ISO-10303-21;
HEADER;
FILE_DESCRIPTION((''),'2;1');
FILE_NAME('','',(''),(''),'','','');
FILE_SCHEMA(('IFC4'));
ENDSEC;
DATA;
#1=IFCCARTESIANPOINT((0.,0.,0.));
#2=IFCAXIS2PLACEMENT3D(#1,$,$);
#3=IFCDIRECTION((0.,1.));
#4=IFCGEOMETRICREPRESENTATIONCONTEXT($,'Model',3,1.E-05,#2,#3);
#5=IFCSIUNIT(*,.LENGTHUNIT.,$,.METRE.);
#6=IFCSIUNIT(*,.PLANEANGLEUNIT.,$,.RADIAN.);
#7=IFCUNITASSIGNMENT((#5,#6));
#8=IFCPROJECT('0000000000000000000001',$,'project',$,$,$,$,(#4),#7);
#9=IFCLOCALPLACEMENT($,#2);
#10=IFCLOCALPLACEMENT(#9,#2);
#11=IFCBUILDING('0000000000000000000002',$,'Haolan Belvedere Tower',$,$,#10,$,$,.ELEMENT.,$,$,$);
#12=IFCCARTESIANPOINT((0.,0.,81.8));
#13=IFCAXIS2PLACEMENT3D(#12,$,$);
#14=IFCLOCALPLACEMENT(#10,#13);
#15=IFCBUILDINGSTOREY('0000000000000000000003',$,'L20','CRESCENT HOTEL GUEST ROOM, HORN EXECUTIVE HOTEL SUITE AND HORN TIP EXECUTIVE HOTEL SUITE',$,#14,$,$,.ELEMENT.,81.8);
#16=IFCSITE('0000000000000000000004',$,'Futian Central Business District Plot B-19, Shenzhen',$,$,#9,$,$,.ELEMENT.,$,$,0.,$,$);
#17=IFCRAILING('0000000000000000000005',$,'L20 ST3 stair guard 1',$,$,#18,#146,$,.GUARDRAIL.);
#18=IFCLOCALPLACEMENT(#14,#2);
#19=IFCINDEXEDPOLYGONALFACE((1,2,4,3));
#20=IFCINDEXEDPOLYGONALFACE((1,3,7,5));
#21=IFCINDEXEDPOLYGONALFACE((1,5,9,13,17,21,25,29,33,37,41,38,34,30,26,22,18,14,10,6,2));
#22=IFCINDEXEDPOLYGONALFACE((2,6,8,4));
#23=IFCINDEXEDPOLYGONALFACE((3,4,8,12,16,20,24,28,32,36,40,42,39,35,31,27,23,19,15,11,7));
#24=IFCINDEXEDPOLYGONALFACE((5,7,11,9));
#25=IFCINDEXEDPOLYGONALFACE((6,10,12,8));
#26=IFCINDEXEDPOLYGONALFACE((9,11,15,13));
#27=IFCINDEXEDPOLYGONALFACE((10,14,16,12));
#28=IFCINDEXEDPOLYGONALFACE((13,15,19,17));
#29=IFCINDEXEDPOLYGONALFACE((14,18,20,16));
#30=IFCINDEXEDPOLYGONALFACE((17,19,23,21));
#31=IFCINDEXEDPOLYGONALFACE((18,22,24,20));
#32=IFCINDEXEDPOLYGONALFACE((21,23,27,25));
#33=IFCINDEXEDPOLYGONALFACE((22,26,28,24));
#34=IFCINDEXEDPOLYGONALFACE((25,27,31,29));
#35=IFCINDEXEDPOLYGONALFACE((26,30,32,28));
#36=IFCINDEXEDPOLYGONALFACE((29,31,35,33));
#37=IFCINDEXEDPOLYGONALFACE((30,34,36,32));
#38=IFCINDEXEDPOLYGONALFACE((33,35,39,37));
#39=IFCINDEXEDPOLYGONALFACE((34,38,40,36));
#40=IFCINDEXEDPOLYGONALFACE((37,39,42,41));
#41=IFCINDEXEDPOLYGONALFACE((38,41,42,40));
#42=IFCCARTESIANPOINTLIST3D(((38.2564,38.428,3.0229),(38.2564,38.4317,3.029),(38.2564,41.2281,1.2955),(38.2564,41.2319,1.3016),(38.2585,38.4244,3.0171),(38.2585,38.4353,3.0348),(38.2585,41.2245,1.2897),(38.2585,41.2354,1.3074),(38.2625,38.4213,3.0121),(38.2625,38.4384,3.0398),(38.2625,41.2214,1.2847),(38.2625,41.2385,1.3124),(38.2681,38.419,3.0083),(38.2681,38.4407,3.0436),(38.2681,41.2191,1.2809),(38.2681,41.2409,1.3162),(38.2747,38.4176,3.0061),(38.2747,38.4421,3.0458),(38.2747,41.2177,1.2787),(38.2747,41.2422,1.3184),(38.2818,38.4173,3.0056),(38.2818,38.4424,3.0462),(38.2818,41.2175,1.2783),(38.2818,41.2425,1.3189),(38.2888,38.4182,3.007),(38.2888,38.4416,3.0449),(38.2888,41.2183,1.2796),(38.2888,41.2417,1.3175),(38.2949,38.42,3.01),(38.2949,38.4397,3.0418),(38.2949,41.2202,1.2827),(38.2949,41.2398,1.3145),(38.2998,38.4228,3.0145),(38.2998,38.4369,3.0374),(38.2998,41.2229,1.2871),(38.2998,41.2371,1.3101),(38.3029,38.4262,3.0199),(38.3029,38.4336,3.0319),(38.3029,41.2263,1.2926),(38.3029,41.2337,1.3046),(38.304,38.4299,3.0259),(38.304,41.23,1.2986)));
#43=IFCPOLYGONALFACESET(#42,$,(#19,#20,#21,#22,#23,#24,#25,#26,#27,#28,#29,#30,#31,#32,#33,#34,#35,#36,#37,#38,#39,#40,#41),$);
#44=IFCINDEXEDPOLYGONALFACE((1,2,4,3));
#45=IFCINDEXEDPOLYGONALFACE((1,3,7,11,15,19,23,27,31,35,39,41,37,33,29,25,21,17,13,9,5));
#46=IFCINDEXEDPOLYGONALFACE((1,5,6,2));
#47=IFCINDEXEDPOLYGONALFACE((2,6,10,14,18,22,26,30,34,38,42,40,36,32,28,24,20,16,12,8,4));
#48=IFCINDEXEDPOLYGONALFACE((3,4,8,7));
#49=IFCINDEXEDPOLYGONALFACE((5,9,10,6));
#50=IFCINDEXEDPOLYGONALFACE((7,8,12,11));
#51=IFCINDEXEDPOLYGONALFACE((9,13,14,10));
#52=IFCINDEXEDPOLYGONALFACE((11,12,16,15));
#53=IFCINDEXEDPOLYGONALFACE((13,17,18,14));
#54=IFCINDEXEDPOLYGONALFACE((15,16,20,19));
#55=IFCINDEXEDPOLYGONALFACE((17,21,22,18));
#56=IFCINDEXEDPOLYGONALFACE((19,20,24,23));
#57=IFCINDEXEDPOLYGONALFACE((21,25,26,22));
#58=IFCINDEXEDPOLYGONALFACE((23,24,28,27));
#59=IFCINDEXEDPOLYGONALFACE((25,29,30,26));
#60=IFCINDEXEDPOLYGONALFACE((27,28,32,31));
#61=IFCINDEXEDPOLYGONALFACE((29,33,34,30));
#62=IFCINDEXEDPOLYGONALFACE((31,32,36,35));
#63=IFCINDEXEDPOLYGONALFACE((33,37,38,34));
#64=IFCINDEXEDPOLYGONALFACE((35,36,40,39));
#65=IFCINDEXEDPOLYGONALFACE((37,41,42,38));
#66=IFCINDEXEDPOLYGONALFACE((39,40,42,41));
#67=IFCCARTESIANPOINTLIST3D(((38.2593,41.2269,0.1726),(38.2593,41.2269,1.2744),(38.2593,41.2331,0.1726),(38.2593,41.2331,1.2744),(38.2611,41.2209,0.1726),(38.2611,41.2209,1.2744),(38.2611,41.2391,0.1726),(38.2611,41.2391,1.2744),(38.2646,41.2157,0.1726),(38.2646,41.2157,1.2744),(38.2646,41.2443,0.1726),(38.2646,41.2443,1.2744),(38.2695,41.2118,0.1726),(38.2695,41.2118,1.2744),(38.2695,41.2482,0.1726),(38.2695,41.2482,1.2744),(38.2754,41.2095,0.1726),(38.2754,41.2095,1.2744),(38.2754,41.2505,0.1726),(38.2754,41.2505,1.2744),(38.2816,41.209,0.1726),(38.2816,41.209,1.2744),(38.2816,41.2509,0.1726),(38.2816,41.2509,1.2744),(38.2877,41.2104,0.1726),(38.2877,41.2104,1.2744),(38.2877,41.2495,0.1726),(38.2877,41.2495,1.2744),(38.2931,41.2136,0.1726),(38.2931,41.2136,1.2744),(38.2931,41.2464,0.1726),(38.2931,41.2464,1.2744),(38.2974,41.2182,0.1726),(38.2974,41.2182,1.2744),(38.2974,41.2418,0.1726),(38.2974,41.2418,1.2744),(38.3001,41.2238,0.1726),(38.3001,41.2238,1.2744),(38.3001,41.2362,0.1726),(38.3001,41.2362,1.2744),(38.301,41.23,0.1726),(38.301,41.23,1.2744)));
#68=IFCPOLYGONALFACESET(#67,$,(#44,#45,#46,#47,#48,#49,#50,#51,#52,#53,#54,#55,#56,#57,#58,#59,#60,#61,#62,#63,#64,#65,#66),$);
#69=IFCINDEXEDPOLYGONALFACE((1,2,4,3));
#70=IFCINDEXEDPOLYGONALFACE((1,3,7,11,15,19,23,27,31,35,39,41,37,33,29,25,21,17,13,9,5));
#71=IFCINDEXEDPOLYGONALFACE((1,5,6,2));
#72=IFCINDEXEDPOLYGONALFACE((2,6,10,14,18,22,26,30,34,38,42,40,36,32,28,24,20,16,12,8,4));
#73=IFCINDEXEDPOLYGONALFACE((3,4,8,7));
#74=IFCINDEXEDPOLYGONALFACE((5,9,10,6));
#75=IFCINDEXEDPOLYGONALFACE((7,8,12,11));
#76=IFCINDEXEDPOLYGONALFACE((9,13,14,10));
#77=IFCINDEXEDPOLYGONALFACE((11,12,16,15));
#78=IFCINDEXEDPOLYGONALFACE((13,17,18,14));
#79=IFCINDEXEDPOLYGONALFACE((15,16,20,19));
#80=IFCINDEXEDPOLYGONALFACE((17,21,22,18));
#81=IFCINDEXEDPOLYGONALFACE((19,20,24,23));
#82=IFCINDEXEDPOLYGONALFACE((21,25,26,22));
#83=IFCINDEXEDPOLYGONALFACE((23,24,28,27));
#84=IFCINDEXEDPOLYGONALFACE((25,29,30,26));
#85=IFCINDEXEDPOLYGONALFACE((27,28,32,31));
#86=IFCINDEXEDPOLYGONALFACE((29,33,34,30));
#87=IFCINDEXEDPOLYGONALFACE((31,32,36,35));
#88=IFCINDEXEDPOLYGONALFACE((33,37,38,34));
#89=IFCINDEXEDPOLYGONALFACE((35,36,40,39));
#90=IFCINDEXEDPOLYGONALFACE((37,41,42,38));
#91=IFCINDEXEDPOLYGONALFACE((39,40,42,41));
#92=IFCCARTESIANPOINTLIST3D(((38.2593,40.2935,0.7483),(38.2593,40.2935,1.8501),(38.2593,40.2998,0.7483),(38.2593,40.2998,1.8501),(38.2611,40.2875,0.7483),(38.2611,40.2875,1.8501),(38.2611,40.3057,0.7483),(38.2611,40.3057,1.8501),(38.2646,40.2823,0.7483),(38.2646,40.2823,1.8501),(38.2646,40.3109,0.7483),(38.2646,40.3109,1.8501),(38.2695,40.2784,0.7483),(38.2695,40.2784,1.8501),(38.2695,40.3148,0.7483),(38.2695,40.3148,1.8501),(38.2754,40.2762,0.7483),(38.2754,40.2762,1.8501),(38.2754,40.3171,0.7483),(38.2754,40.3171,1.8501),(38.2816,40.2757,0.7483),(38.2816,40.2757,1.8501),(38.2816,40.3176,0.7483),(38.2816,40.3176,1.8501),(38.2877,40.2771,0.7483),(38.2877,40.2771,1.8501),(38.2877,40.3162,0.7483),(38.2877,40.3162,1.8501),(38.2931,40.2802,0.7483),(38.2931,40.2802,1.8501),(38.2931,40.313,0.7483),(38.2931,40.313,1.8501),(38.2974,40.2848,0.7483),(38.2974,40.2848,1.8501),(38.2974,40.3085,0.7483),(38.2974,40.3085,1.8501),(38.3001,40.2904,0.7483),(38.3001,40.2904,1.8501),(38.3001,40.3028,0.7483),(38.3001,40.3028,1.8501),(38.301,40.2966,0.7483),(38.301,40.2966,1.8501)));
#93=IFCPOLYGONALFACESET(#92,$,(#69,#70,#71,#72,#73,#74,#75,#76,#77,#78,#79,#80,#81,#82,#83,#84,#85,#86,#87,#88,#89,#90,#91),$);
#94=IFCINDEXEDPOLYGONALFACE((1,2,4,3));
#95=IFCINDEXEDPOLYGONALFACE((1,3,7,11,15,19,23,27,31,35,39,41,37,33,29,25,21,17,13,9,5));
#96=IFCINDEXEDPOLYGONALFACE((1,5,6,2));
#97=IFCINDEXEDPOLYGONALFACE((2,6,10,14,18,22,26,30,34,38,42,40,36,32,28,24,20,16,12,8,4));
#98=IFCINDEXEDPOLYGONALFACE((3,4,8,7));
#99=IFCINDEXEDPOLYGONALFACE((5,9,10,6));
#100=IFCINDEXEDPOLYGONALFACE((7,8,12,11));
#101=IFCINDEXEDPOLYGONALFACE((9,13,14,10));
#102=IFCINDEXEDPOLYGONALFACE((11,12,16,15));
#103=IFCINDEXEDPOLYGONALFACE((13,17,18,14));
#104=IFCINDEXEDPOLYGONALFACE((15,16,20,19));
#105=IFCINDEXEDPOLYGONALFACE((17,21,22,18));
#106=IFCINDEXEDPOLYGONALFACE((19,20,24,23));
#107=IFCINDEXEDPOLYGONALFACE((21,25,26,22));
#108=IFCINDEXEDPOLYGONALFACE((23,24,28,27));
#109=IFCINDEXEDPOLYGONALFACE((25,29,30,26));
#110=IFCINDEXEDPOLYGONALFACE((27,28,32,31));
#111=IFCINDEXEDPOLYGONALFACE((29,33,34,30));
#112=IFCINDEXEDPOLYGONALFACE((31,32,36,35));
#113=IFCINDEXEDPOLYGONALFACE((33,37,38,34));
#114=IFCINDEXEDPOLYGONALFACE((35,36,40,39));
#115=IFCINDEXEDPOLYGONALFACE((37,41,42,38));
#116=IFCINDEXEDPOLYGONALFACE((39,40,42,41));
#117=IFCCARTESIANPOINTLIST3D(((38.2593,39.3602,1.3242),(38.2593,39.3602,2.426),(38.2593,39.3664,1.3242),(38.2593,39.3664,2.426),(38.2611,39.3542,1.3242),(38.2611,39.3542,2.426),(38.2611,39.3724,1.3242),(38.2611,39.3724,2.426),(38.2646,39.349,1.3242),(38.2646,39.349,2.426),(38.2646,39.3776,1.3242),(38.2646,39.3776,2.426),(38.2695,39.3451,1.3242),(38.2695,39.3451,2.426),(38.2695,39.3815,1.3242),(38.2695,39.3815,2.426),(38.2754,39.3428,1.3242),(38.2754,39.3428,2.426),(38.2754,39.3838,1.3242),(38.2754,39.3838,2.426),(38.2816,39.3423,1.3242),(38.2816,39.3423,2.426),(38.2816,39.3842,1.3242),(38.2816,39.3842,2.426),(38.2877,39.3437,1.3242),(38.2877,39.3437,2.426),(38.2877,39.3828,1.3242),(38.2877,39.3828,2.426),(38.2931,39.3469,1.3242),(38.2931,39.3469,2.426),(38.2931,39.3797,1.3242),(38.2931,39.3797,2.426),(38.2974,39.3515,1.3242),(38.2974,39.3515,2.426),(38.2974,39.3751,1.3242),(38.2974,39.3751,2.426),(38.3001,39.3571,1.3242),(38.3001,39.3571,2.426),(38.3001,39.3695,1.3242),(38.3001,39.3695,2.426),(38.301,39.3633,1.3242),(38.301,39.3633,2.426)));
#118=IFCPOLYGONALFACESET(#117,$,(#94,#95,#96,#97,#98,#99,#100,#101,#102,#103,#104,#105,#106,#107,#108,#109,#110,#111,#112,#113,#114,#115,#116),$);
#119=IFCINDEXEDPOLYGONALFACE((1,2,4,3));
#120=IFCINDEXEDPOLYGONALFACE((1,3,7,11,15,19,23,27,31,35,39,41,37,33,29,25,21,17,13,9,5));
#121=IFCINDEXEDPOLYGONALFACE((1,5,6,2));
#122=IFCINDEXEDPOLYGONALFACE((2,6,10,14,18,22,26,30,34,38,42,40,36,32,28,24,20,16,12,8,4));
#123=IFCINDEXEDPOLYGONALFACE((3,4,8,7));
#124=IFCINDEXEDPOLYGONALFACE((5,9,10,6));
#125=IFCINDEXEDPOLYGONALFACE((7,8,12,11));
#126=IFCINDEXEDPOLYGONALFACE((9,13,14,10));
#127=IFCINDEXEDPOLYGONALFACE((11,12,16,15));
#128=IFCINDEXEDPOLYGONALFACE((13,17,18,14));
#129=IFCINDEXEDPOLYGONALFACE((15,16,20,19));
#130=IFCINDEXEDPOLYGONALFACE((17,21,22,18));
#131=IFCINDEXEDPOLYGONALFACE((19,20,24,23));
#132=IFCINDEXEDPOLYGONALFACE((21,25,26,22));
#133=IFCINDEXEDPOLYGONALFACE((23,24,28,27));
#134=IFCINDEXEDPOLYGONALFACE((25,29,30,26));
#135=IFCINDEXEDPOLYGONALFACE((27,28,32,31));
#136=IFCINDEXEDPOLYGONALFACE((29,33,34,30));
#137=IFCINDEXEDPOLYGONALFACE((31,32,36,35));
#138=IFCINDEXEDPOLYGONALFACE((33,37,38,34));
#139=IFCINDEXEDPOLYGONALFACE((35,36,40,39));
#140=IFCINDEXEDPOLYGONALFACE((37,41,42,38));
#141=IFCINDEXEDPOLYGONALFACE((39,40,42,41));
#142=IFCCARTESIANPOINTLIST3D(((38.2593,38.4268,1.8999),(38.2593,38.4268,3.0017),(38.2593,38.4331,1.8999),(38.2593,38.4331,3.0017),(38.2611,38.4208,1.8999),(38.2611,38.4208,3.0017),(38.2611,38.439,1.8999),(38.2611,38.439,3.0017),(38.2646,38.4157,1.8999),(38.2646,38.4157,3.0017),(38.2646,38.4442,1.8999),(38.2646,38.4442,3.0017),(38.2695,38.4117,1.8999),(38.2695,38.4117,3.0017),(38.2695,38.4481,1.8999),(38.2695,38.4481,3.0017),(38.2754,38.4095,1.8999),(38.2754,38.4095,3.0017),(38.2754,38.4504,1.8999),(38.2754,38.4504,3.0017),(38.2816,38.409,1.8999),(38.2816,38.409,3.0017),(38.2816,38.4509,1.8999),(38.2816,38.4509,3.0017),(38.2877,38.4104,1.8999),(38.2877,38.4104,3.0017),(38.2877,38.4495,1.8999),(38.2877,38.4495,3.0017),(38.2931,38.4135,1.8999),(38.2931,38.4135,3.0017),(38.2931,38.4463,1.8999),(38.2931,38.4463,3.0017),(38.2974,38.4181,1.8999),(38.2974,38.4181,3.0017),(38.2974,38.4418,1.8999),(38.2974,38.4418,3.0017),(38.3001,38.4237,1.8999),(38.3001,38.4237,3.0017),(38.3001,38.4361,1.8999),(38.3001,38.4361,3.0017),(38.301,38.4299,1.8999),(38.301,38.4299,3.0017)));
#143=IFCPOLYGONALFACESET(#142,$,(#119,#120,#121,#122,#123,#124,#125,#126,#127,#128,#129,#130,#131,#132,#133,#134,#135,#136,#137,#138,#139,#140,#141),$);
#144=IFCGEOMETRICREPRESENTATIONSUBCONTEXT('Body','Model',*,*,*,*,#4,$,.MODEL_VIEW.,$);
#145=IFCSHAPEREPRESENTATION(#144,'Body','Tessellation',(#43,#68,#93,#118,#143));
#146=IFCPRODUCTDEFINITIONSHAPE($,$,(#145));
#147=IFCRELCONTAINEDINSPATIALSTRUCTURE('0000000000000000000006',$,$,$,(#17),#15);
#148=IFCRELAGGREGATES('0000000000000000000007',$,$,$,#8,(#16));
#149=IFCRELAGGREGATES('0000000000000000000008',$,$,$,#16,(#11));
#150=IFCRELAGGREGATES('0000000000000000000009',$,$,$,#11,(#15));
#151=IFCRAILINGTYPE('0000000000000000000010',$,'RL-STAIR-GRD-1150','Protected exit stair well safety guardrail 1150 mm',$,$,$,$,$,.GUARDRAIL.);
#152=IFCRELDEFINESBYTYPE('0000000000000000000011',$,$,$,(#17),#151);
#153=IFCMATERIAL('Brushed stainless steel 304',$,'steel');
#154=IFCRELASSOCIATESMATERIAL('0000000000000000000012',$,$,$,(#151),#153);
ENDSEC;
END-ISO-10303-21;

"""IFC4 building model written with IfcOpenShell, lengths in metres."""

from ifc_helpers import new_model, si_unit, direction, frame, origin, origin_2d, place, context, subcontext, project, spatial, circle, extrude, material, type_object, element, save


model = new_model("IFC4")

# Units and contexts
model_context = context("Model", 3, precision=1e-05, world=origin(), true_north=direction((0.0, 1.0)))
body_context = subcontext(model_context, "Body", "Model", "MODEL_VIEW")
ifc_project = project(units=[si_unit("LENGTHUNIT", "METRE"), si_unit("PLANEANGLEUNIT", "RADIAN")], contexts=[model_context])

# Site, building, storey
site_placement = place(None, origin())
site = spatial("IfcSite", under=ifc_project, at=site_placement, Name="Futian Central Business District Plot B-19, Shenzhen", CompositionType="ELEMENT", RefElevation=0.0)
building_placement = place(site_placement, origin())
building = spatial("IfcBuilding", under=site, at=building_placement, Name="Haolan Belvedere Tower", CompositionType="ELEMENT")
storey_placement = place(building_placement, frame((0.0, 0.0, 81.8)))
storey = spatial("IfcBuildingStorey", under=building, at=storey_placement, Name="L20", Description="CRESCENT HOTEL GUEST ROOM, HORN EXECUTIVE HOTEL SUITE AND HORN TIP EXECUTIVE HOTEL SUITE", CompositionType="ELEMENT", Elevation=81.8)

# Railing
ifc_material_1 = material(Name="Brushed stainless steel 304", Category="steel")
railing_type_1 = type_object("IfcRailingType", Name="RL-STAIR-GRD-1150", Description="Protected exit stair well safety guardrail 1150 mm", PredefinedType="GUARDRAIL", material=ifc_material_1)
railing_1_placement = place(storey_placement, frame((38.28, 41.23, 0.1726)))
element("IfcRailing", 1, at=railing_1_placement, inside=storey, type_object=railing_type_1, Name="L20 ST3 stair guard 1", PredefinedType="GUARDRAIL", context=body_context, shape_type="SweptSolid", body=[
    extrude(circle(Radius=0.0239, at=origin_2d()), frame((0.0, 0.0, 1.126), z_axis=(0.0, -0.85109, 0.52502), x_axis=(1.0, 0.0, 0.0)), (0.0, 0.0, 1.0), 3.29),
    extrude(circle(Radius=0.021, at=origin_2d()), origin(), (0.0, 0.0, 1.0), 1.1018),
    extrude(circle(Radius=0.021, at=origin_2d()), frame((0.0, -0.9333, 0.5757)), (0.0, 0.0, 1.0), 1.1018),
    extrude(circle(Radius=0.021, at=origin_2d()), frame((0.0, -1.8667, 1.1516)), (0.0, 0.0, 1.0), 1.1018),
    extrude(circle(Radius=0.021, at=origin_2d()), frame((0.0, -2.8, 1.7273)), (0.0, 0.0, 1.0), 1.1018),
])

save(model, "model.ifc")
